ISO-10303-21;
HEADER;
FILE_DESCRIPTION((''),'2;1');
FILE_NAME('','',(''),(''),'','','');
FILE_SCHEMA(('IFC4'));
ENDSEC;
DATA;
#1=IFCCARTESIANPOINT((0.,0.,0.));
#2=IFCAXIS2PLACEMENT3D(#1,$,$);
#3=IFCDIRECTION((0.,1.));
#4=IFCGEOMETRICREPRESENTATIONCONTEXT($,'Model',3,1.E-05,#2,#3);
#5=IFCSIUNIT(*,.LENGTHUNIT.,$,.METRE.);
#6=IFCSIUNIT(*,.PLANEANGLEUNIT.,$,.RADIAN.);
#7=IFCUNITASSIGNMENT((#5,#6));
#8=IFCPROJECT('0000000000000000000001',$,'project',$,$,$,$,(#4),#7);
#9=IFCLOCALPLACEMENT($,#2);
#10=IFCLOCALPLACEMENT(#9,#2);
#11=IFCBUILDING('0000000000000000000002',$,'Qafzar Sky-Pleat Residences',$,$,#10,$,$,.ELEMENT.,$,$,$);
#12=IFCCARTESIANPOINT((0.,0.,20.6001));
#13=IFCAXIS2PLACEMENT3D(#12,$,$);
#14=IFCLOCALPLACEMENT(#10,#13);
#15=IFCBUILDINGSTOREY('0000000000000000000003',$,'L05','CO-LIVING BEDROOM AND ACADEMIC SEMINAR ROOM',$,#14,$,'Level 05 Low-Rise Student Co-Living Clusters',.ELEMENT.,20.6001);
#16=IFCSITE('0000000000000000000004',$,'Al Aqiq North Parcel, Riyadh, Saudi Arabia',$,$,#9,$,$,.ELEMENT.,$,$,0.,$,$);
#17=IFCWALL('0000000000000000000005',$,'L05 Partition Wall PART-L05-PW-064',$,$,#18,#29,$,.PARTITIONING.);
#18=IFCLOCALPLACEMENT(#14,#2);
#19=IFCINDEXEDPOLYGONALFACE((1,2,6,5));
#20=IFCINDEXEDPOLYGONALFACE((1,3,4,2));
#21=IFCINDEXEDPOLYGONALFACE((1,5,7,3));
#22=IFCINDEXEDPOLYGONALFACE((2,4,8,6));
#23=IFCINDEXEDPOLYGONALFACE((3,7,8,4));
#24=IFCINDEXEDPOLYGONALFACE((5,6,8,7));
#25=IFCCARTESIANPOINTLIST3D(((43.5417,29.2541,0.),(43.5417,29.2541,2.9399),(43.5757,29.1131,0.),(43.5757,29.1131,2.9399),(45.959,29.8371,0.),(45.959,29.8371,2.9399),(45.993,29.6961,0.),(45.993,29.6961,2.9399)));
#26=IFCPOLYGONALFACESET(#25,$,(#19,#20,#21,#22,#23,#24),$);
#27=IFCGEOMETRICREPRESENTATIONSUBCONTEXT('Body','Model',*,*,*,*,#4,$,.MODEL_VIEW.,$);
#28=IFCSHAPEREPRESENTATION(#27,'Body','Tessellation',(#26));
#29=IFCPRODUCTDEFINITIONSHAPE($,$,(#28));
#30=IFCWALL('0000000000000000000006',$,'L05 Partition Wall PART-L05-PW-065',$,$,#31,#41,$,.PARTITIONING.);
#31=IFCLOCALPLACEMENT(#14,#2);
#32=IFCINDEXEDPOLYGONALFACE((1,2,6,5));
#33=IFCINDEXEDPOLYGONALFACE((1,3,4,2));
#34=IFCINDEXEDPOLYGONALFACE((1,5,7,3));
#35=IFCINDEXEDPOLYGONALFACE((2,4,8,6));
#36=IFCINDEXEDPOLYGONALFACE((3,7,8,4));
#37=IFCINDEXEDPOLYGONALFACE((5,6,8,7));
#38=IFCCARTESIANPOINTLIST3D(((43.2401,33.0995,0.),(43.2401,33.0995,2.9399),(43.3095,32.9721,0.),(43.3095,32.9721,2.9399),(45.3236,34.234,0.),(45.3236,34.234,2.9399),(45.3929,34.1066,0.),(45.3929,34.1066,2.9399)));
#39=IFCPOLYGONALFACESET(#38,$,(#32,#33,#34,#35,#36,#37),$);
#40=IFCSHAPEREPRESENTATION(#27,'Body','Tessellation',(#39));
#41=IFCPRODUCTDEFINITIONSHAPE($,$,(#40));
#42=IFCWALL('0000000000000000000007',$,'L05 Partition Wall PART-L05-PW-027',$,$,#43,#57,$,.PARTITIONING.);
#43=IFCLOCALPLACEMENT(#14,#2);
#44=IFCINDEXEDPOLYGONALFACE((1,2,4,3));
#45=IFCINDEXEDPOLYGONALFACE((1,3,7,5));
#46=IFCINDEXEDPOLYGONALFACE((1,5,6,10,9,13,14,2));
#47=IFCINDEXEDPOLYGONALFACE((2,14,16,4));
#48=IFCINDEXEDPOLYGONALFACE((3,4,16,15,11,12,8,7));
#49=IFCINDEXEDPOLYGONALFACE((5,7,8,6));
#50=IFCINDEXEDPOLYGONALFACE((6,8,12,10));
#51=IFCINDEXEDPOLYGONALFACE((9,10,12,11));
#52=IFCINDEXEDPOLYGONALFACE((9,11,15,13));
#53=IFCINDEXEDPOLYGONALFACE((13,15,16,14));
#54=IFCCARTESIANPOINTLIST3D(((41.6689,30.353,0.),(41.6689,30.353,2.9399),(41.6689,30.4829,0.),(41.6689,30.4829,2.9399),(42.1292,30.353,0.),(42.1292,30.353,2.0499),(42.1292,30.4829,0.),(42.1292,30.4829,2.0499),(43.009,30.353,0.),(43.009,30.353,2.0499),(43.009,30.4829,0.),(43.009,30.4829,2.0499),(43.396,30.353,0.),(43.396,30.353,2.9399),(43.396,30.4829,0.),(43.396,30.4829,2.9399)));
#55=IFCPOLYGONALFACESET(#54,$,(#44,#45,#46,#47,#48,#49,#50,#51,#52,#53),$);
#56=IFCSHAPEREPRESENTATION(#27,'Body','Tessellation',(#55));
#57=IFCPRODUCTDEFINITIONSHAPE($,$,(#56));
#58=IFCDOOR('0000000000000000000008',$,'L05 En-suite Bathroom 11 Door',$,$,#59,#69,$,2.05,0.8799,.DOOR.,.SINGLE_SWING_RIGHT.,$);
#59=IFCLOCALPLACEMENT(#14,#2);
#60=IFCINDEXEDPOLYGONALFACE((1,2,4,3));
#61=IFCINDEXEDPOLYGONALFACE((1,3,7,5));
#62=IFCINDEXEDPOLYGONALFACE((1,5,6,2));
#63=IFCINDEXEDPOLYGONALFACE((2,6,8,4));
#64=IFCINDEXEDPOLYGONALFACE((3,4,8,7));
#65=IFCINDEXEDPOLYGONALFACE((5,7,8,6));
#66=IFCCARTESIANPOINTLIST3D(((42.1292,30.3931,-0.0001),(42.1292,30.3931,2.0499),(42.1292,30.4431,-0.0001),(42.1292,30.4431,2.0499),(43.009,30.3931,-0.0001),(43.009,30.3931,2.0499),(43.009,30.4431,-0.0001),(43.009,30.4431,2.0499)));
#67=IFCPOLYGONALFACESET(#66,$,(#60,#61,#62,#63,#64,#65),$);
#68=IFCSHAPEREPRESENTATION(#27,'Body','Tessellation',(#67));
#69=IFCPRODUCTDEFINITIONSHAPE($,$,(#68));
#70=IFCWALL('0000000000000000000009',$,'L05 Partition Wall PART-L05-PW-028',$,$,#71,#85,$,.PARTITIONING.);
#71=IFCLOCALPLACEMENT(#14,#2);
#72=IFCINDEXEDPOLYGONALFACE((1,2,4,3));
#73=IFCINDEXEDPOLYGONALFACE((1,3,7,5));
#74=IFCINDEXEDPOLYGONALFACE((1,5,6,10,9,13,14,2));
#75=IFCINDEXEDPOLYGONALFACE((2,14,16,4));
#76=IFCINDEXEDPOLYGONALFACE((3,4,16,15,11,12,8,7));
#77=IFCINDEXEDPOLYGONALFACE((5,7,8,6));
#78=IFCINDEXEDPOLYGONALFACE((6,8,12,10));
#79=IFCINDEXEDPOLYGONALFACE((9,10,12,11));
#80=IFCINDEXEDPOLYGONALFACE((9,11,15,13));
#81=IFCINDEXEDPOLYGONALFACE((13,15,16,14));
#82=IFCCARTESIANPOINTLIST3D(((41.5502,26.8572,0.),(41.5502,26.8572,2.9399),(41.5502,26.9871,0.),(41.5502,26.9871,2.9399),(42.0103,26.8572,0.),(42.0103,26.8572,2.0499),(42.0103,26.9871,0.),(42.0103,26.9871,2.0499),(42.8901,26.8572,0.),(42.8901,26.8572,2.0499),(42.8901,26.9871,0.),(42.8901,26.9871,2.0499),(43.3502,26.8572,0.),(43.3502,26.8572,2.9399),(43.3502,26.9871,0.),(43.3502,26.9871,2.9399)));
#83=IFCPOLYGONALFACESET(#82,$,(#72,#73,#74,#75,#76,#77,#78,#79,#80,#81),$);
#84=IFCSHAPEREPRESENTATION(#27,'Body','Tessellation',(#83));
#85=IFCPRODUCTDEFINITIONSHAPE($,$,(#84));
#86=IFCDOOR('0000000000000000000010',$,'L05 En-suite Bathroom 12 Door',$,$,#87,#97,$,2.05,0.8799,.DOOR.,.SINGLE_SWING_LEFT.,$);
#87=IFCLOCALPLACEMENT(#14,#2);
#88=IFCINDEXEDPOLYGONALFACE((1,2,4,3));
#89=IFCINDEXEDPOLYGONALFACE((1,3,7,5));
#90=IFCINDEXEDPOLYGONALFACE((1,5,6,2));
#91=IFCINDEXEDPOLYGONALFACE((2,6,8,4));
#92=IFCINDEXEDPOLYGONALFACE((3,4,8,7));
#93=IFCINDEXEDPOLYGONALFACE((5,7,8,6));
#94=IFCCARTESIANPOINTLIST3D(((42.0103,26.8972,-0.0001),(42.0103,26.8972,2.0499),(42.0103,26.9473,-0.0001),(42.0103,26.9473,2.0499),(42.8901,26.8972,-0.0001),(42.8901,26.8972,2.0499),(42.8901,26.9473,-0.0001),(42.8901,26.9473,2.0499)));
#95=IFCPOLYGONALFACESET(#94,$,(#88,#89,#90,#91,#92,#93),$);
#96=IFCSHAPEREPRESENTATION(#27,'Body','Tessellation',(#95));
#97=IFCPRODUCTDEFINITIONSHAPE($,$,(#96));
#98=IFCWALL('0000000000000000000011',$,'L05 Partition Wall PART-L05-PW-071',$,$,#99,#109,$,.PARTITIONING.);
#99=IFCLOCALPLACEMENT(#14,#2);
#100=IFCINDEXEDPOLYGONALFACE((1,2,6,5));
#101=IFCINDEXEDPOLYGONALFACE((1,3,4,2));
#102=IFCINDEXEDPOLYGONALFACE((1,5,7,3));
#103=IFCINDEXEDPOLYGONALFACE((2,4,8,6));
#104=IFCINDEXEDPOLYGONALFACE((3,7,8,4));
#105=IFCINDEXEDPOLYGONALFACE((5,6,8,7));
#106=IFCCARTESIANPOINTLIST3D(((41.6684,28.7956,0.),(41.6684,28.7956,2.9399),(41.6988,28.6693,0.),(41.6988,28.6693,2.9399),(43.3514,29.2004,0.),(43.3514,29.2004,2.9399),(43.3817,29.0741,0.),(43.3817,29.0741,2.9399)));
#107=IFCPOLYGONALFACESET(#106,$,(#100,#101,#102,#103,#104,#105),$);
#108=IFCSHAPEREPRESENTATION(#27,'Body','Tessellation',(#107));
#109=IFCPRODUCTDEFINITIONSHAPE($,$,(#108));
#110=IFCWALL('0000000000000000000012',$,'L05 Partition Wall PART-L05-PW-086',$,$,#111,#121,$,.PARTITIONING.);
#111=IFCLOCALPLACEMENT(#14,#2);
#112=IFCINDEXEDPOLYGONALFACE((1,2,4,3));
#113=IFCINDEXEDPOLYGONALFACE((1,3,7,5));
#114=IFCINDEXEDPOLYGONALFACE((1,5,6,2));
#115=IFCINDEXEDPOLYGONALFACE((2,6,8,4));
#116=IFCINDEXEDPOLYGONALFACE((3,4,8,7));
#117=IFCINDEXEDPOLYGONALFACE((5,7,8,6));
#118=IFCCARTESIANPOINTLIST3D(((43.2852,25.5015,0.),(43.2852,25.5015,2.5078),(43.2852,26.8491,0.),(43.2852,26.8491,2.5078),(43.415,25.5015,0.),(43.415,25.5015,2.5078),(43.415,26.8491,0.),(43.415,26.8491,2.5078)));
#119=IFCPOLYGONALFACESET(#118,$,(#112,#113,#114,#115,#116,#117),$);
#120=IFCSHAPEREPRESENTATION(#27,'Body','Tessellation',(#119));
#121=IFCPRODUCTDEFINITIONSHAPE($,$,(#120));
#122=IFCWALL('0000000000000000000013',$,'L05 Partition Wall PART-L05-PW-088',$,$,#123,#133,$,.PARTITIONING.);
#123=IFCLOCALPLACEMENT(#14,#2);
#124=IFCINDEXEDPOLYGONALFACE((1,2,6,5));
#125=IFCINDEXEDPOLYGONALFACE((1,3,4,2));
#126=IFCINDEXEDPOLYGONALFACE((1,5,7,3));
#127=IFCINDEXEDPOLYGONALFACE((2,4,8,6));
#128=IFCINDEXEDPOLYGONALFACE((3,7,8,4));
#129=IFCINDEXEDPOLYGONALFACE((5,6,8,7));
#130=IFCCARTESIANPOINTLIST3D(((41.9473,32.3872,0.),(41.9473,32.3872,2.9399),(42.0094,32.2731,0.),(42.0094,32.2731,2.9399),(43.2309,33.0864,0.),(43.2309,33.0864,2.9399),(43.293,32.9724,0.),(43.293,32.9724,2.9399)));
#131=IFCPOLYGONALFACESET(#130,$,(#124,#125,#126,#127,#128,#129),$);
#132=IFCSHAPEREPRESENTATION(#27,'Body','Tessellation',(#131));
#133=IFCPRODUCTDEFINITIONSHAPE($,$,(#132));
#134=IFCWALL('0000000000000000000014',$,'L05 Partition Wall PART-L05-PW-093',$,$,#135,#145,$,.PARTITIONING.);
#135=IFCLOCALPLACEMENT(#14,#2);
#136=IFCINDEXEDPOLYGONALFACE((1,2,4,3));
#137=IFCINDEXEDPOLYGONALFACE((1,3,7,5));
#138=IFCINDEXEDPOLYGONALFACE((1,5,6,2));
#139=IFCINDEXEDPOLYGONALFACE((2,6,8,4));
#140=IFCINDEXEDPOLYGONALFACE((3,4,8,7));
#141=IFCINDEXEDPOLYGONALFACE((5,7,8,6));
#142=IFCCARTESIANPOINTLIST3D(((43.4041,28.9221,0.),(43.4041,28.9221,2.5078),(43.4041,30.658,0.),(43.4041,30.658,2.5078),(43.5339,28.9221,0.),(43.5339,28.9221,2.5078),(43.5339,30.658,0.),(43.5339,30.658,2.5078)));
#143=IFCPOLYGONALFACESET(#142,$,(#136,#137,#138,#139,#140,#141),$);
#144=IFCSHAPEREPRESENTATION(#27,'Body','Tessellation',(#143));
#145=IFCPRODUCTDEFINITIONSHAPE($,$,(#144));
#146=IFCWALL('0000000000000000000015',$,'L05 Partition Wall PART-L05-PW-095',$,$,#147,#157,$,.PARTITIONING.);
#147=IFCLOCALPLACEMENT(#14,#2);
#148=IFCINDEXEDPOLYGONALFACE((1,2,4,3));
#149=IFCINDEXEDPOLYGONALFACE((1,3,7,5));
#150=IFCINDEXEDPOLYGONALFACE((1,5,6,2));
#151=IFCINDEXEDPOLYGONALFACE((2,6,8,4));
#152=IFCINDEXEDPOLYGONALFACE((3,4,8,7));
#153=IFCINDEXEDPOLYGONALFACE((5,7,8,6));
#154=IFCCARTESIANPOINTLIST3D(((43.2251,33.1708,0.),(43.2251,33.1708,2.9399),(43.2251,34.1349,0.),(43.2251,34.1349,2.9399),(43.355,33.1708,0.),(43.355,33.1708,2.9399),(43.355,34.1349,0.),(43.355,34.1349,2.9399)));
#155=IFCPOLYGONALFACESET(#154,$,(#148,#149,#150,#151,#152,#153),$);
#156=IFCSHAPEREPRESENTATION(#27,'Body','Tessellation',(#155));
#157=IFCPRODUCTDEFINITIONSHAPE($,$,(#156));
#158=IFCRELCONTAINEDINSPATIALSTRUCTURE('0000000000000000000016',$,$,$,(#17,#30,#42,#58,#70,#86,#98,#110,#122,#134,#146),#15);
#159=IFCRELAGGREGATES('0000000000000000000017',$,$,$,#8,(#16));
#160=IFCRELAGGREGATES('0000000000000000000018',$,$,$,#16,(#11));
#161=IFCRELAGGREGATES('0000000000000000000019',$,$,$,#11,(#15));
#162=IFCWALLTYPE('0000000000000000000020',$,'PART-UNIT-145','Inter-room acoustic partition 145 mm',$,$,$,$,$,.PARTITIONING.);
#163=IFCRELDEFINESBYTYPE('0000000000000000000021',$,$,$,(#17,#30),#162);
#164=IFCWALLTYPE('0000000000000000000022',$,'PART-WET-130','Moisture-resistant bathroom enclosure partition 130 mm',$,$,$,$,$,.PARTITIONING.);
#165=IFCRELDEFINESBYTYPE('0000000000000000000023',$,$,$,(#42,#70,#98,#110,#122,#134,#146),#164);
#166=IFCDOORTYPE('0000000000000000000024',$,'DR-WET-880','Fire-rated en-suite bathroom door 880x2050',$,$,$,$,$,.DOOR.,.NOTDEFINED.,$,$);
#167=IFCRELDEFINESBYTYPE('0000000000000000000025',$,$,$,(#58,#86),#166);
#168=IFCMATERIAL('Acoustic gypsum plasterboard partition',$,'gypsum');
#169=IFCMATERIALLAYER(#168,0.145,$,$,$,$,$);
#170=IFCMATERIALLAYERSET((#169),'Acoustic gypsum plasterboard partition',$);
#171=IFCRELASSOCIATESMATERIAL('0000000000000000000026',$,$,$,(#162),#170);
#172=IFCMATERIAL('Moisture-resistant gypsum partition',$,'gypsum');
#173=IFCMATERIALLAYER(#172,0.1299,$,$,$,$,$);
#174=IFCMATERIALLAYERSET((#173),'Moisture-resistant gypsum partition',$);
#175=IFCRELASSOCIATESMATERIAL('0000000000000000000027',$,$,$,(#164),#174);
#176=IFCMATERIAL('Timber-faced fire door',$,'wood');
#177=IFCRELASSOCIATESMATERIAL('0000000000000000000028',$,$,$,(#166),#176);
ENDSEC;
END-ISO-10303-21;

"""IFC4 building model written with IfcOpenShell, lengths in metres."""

from ifc_helpers import new_model, si_unit, direction, frame, frame_2d, origin, place, context, subcontext, project, spatial, rectangle, extrude, source, transform, mapped, material, layer, layer_set, type_object, element, fill, save


model = new_model("IFC4")

# Units and contexts
model_context = context("Model", 3, precision=1e-05, world=origin(), true_north=direction((0.0, 1.0)))
body_context = subcontext(model_context, "Body", "Model", "MODEL_VIEW")
ifc_project = project(units=[si_unit("LENGTHUNIT", "METRE"), si_unit("PLANEANGLEUNIT", "RADIAN")], contexts=[model_context])

# Site, building, storey
site_placement = place(None, origin())
site = spatial("IfcSite", under=ifc_project, at=site_placement, Name="Al Aqiq North Parcel, Riyadh, Saudi Arabia", CompositionType="ELEMENT", RefElevation=0.0)
building_placement = place(site_placement, origin())
building = spatial("IfcBuilding", under=site, at=building_placement, Name="Qafzar Sky-Pleat Residences", CompositionType="ELEMENT")
storey_placement = place(building_placement, frame((0.0, 0.0, 20.6001)))
storey = spatial("IfcBuildingStorey", under=building, at=storey_placement, Name="L05", Description="CO-LIVING BEDROOM AND ACADEMIC SEMINAR ROOM", LongName="Level 05 Low-Rise Student Co-Living Clusters", CompositionType="ELEMENT", Elevation=20.6001)

# Walls
ifc_material_1 = material(Name="Acoustic gypsum plasterboard partition", Category="gypsum")
ifc_layer_1 = layer(ifc_material_1, 0.145)
ifc_layer_set_1 = layer_set([ifc_layer_1], Name="Acoustic gypsum plasterboard partition")
wall_type_1 = type_object("IfcWallType", Name="PART-UNIT-145", Description="Inter-room acoustic partition 145 mm", PredefinedType="PARTITIONING", material=ifc_layer_set_1)
wall_1_placement = place(storey_placement, frame((43.5588, 29.1836, 0.0), z_axis=(0.0, 0.0, 1.0), x_axis=(0.972125, 0.234465, 0.0)))
element("IfcWall", 1, at=wall_1_placement, inside=storey, type_object=wall_type_1, Name="L05 Partition Wall PART-L05-PW-064", PredefinedType="PARTITIONING", context=body_context, shape_type="SweptSolid", body=[
    extrude(rectangle(XDim=2.4866, YDim=0.145, at=frame_2d((1.2432, 0.0))), origin(), (0.0, 0.0, 1.0), 2.9399),
])
wall_2_placement = place(storey_placement, frame((43.2749, 33.0359, 0.0), z_axis=(0.0, 0.0, 1.0), x_axis=(0.878238, 0.478225, 0.0)))
element("IfcWall", 2, at=wall_2_placement, inside=storey, type_object=wall_type_1, Name="L05 Partition Wall PART-L05-PW-065", PredefinedType="PARTITIONING", context=body_context, shape_type="SweptSolid", body=[
    extrude(rectangle(XDim=2.3723, YDim=0.145, at=frame_2d((1.186, 0.0))), origin(), (0.0, 0.0, 1.0), 2.9399),
])

# Walls, openings, doors
ifc_material_2 = material(Name="Moisture-resistant gypsum partition", Category="gypsum")
ifc_layer_2 = layer(ifc_material_2, 0.1299)
ifc_layer_set_2 = layer_set([ifc_layer_2], Name="Moisture-resistant gypsum partition")
wall_type_2 = type_object("IfcWallType", Name="PART-WET-130", Description="Moisture-resistant bathroom enclosure partition 130 mm", PredefinedType="PARTITIONING", material=ifc_layer_set_2)
wall_3_placement = place(storey_placement, frame((43.396, 30.418, 0.0), z_axis=(0.0, 0.0, 1.0), x_axis=(-1.0, 0.0, 0.0)))
wall_3 = element("IfcWall", 3, at=wall_3_placement, inside=storey, type_object=wall_type_2, Name="L05 Partition Wall PART-L05-PW-027", PredefinedType="PARTITIONING", context=body_context, shape_type="SweptSolid", body=[
    extrude(rectangle(XDim=1.7271, YDim=0.1299, at=frame_2d((0.8635, 0.0))), origin(), (0.0, 0.0, 1.0), 2.9399),
])
opening_1_placement = place(wall_3_placement, frame((0.387, 0.0, 0.0)))
opening_1 = element("IfcOpeningElement", 4, at=opening_1_placement, cuts=wall_3, PredefinedType="OPENING", context=body_context, shape_type="SweptSolid", body=[
    extrude(rectangle(XDim=0.8799, YDim=2.05, at=frame_2d((0.4399, 1.0249))), frame((0.0, 0.075, 0.0), z_axis=(0.0, -1.0, 0.0), x_axis=(1.0, 0.0, 0.0)), (0.0, 0.0, 1.0), 0.1499),
])
ifc_material_3 = material(Name="Timber-faced fire door", Category="wood")
door_type = type_object("IfcDoorType", Name="DR-WET-880", Description="Fire-rated en-suite bathroom door 880x2050", OperationType="NOTDEFINED", PredefinedType="DOOR", material=ifc_material_3)
shared_shape_1 = source(origin(), body_context, "Body", "SweptSolid", [
    extrude(rectangle(XDim=0.8799, YDim=2.05, at=frame_2d((0.4399, 1.0249))), frame((0.0, 0.0249, 0.0), z_axis=(0.0, -1.0, 0.0), x_axis=(1.0, 0.0, 0.0)), (0.0, 0.0, 1.0), 0.05),
])
door_1_placement = place(opening_1_placement, origin())
door_1 = element("IfcDoor", 5, at=door_1_placement, inside=storey, type_object=door_type, Name="L05 En-suite Bathroom 11 Door", OperationType="SINGLE_SWING_RIGHT", OverallHeight=2.05, OverallWidth=0.8799, PredefinedType="DOOR", context=body_context, shape_type="MappedRepresentation", body=[
    mapped(shared_shape_1, transform((0.0, 0.0, 0.0), x_axis=(1.0, 0.0, 0.0), y_axis=(0.0, 1.0, 0.0), z_axis=(0.0, 0.0, 1.0), scale=1.0)),
])
fill(opening_1, door_1)
wall_4_placement = place(storey_placement, frame((43.3501, 26.9221, 0.0), z_axis=(0.0, 0.0, 1.0), x_axis=(-1.0, 0.0, 0.0)))
wall_4 = element("IfcWall", 6, at=wall_4_placement, inside=storey, type_object=wall_type_2, Name="L05 Partition Wall PART-L05-PW-028", PredefinedType="PARTITIONING", context=body_context, shape_type="SweptSolid", body=[
    extrude(rectangle(XDim=1.8, YDim=0.1299, at=frame_2d((0.8999, 0.0))), origin(), (0.0, 0.0, 1.0), 2.9399),
])
opening_2_placement = place(wall_4_placement, frame((0.46, 0.0, 0.0)))
opening_2 = element("IfcOpeningElement", 7, at=opening_2_placement, cuts=wall_4, PredefinedType="OPENING", context=body_context, shape_type="SweptSolid", body=[
    extrude(rectangle(XDim=0.8799, YDim=2.05, at=frame_2d((0.4399, 1.0249))), frame((0.0, 0.075, 0.0), z_axis=(0.0, -1.0, 0.0), x_axis=(1.0, 0.0, 0.0)), (0.0, 0.0, 1.0), 0.1499),
])
door_2_placement = place(opening_2_placement, origin())
door_2 = element("IfcDoor", 8, at=door_2_placement, inside=storey, type_object=door_type, Name="L05 En-suite Bathroom 12 Door", OperationType="SINGLE_SWING_LEFT", OverallHeight=2.05, OverallWidth=0.8799, PredefinedType="DOOR", context=body_context, shape_type="MappedRepresentation", body=[
    mapped(shared_shape_1, transform((0.0, 0.0, 0.0), x_axis=(1.0, 0.0, 0.0), y_axis=(0.0, 1.0, 0.0), z_axis=(0.0, 0.0, 1.0), scale=1.0)),
])
fill(opening_2, door_2)

# Walls
wall_5_placement = place(storey_placement, frame((41.6836, 28.7324, 0.0), z_axis=(0.0, 0.0, 1.0), x_axis=(0.972269, 0.233864, 0.0)))
element("IfcWall", 9, at=wall_5_placement, inside=storey, type_object=wall_type_2, Name="L05 Partition Wall PART-L05-PW-071", PredefinedType="PARTITIONING", context=body_context, shape_type="SweptSolid", body=[
    extrude(rectangle(XDim=1.731, YDim=0.1299, at=frame_2d((0.8655, 0.0))), origin(), (0.0, 0.0, 1.0), 2.9399),
])
wall_6_placement = place(storey_placement, frame((43.3501, 25.5015, 0.0), z_axis=(0.0, 0.0, 1.0), x_axis=(0.0, 1.0, 0.0)))
element("IfcWall", 10, at=wall_6_placement, inside=storey, type_object=wall_type_2, Name="L05 Partition Wall PART-L05-PW-086", PredefinedType="PARTITIONING", context=body_context, shape_type="SweptSolid", body=[
    extrude(rectangle(XDim=1.3477, YDim=0.1299, at=frame_2d((0.6738, 0.0))), origin(), (0.0, 0.0, 1.0), 2.5078),
])
wall_7_placement = place(storey_placement, frame((41.9783, 32.3301, 0.0), z_axis=(0.0, 0.0, 1.0), x_axis=(0.878138, 0.478407, 0.0)))
element("IfcWall", 11, at=wall_7_placement, inside=storey, type_object=wall_type_2, Name="L05 Partition Wall PART-L05-PW-088", PredefinedType="PARTITIONING", context=body_context, shape_type="SweptSolid", body=[
    extrude(rectangle(XDim=1.4617, YDim=0.1299, at=frame_2d((0.731, 0.0))), origin(), (0.0, 0.0, 1.0), 2.9399),
])
wall_8_placement = place(storey_placement, frame((43.469, 28.9221, 0.0), z_axis=(0.0, 0.0, 1.0), x_axis=(0.0, 1.0, 0.0)))
element("IfcWall", 12, at=wall_8_placement, inside=storey, type_object=wall_type_2, Name="L05 Partition Wall PART-L05-PW-093", PredefinedType="PARTITIONING", context=body_context, shape_type="SweptSolid", body=[
    extrude(rectangle(XDim=1.7358, YDim=0.1299, at=frame_2d((0.8679, 0.0))), origin(), (0.0, 0.0, 1.0), 2.5078),
])
wall_9_placement = place(storey_placement, frame((43.29, 33.1709, 0.0), z_axis=(0.0, 0.0, 1.0), x_axis=(0.0, 1.0, 0.0)))
element("IfcWall", 13, at=wall_9_placement, inside=storey, type_object=wall_type_2, Name="L05 Partition Wall PART-L05-PW-095", PredefinedType="PARTITIONING", context=body_context, shape_type="SweptSolid", body=[
    extrude(rectangle(XDim=0.9641, YDim=0.1299, at=frame_2d((0.4819, 0.0))), origin(), (0.0, 0.0, 1.0), 2.9399),
])

save(model, "model.ifc")
